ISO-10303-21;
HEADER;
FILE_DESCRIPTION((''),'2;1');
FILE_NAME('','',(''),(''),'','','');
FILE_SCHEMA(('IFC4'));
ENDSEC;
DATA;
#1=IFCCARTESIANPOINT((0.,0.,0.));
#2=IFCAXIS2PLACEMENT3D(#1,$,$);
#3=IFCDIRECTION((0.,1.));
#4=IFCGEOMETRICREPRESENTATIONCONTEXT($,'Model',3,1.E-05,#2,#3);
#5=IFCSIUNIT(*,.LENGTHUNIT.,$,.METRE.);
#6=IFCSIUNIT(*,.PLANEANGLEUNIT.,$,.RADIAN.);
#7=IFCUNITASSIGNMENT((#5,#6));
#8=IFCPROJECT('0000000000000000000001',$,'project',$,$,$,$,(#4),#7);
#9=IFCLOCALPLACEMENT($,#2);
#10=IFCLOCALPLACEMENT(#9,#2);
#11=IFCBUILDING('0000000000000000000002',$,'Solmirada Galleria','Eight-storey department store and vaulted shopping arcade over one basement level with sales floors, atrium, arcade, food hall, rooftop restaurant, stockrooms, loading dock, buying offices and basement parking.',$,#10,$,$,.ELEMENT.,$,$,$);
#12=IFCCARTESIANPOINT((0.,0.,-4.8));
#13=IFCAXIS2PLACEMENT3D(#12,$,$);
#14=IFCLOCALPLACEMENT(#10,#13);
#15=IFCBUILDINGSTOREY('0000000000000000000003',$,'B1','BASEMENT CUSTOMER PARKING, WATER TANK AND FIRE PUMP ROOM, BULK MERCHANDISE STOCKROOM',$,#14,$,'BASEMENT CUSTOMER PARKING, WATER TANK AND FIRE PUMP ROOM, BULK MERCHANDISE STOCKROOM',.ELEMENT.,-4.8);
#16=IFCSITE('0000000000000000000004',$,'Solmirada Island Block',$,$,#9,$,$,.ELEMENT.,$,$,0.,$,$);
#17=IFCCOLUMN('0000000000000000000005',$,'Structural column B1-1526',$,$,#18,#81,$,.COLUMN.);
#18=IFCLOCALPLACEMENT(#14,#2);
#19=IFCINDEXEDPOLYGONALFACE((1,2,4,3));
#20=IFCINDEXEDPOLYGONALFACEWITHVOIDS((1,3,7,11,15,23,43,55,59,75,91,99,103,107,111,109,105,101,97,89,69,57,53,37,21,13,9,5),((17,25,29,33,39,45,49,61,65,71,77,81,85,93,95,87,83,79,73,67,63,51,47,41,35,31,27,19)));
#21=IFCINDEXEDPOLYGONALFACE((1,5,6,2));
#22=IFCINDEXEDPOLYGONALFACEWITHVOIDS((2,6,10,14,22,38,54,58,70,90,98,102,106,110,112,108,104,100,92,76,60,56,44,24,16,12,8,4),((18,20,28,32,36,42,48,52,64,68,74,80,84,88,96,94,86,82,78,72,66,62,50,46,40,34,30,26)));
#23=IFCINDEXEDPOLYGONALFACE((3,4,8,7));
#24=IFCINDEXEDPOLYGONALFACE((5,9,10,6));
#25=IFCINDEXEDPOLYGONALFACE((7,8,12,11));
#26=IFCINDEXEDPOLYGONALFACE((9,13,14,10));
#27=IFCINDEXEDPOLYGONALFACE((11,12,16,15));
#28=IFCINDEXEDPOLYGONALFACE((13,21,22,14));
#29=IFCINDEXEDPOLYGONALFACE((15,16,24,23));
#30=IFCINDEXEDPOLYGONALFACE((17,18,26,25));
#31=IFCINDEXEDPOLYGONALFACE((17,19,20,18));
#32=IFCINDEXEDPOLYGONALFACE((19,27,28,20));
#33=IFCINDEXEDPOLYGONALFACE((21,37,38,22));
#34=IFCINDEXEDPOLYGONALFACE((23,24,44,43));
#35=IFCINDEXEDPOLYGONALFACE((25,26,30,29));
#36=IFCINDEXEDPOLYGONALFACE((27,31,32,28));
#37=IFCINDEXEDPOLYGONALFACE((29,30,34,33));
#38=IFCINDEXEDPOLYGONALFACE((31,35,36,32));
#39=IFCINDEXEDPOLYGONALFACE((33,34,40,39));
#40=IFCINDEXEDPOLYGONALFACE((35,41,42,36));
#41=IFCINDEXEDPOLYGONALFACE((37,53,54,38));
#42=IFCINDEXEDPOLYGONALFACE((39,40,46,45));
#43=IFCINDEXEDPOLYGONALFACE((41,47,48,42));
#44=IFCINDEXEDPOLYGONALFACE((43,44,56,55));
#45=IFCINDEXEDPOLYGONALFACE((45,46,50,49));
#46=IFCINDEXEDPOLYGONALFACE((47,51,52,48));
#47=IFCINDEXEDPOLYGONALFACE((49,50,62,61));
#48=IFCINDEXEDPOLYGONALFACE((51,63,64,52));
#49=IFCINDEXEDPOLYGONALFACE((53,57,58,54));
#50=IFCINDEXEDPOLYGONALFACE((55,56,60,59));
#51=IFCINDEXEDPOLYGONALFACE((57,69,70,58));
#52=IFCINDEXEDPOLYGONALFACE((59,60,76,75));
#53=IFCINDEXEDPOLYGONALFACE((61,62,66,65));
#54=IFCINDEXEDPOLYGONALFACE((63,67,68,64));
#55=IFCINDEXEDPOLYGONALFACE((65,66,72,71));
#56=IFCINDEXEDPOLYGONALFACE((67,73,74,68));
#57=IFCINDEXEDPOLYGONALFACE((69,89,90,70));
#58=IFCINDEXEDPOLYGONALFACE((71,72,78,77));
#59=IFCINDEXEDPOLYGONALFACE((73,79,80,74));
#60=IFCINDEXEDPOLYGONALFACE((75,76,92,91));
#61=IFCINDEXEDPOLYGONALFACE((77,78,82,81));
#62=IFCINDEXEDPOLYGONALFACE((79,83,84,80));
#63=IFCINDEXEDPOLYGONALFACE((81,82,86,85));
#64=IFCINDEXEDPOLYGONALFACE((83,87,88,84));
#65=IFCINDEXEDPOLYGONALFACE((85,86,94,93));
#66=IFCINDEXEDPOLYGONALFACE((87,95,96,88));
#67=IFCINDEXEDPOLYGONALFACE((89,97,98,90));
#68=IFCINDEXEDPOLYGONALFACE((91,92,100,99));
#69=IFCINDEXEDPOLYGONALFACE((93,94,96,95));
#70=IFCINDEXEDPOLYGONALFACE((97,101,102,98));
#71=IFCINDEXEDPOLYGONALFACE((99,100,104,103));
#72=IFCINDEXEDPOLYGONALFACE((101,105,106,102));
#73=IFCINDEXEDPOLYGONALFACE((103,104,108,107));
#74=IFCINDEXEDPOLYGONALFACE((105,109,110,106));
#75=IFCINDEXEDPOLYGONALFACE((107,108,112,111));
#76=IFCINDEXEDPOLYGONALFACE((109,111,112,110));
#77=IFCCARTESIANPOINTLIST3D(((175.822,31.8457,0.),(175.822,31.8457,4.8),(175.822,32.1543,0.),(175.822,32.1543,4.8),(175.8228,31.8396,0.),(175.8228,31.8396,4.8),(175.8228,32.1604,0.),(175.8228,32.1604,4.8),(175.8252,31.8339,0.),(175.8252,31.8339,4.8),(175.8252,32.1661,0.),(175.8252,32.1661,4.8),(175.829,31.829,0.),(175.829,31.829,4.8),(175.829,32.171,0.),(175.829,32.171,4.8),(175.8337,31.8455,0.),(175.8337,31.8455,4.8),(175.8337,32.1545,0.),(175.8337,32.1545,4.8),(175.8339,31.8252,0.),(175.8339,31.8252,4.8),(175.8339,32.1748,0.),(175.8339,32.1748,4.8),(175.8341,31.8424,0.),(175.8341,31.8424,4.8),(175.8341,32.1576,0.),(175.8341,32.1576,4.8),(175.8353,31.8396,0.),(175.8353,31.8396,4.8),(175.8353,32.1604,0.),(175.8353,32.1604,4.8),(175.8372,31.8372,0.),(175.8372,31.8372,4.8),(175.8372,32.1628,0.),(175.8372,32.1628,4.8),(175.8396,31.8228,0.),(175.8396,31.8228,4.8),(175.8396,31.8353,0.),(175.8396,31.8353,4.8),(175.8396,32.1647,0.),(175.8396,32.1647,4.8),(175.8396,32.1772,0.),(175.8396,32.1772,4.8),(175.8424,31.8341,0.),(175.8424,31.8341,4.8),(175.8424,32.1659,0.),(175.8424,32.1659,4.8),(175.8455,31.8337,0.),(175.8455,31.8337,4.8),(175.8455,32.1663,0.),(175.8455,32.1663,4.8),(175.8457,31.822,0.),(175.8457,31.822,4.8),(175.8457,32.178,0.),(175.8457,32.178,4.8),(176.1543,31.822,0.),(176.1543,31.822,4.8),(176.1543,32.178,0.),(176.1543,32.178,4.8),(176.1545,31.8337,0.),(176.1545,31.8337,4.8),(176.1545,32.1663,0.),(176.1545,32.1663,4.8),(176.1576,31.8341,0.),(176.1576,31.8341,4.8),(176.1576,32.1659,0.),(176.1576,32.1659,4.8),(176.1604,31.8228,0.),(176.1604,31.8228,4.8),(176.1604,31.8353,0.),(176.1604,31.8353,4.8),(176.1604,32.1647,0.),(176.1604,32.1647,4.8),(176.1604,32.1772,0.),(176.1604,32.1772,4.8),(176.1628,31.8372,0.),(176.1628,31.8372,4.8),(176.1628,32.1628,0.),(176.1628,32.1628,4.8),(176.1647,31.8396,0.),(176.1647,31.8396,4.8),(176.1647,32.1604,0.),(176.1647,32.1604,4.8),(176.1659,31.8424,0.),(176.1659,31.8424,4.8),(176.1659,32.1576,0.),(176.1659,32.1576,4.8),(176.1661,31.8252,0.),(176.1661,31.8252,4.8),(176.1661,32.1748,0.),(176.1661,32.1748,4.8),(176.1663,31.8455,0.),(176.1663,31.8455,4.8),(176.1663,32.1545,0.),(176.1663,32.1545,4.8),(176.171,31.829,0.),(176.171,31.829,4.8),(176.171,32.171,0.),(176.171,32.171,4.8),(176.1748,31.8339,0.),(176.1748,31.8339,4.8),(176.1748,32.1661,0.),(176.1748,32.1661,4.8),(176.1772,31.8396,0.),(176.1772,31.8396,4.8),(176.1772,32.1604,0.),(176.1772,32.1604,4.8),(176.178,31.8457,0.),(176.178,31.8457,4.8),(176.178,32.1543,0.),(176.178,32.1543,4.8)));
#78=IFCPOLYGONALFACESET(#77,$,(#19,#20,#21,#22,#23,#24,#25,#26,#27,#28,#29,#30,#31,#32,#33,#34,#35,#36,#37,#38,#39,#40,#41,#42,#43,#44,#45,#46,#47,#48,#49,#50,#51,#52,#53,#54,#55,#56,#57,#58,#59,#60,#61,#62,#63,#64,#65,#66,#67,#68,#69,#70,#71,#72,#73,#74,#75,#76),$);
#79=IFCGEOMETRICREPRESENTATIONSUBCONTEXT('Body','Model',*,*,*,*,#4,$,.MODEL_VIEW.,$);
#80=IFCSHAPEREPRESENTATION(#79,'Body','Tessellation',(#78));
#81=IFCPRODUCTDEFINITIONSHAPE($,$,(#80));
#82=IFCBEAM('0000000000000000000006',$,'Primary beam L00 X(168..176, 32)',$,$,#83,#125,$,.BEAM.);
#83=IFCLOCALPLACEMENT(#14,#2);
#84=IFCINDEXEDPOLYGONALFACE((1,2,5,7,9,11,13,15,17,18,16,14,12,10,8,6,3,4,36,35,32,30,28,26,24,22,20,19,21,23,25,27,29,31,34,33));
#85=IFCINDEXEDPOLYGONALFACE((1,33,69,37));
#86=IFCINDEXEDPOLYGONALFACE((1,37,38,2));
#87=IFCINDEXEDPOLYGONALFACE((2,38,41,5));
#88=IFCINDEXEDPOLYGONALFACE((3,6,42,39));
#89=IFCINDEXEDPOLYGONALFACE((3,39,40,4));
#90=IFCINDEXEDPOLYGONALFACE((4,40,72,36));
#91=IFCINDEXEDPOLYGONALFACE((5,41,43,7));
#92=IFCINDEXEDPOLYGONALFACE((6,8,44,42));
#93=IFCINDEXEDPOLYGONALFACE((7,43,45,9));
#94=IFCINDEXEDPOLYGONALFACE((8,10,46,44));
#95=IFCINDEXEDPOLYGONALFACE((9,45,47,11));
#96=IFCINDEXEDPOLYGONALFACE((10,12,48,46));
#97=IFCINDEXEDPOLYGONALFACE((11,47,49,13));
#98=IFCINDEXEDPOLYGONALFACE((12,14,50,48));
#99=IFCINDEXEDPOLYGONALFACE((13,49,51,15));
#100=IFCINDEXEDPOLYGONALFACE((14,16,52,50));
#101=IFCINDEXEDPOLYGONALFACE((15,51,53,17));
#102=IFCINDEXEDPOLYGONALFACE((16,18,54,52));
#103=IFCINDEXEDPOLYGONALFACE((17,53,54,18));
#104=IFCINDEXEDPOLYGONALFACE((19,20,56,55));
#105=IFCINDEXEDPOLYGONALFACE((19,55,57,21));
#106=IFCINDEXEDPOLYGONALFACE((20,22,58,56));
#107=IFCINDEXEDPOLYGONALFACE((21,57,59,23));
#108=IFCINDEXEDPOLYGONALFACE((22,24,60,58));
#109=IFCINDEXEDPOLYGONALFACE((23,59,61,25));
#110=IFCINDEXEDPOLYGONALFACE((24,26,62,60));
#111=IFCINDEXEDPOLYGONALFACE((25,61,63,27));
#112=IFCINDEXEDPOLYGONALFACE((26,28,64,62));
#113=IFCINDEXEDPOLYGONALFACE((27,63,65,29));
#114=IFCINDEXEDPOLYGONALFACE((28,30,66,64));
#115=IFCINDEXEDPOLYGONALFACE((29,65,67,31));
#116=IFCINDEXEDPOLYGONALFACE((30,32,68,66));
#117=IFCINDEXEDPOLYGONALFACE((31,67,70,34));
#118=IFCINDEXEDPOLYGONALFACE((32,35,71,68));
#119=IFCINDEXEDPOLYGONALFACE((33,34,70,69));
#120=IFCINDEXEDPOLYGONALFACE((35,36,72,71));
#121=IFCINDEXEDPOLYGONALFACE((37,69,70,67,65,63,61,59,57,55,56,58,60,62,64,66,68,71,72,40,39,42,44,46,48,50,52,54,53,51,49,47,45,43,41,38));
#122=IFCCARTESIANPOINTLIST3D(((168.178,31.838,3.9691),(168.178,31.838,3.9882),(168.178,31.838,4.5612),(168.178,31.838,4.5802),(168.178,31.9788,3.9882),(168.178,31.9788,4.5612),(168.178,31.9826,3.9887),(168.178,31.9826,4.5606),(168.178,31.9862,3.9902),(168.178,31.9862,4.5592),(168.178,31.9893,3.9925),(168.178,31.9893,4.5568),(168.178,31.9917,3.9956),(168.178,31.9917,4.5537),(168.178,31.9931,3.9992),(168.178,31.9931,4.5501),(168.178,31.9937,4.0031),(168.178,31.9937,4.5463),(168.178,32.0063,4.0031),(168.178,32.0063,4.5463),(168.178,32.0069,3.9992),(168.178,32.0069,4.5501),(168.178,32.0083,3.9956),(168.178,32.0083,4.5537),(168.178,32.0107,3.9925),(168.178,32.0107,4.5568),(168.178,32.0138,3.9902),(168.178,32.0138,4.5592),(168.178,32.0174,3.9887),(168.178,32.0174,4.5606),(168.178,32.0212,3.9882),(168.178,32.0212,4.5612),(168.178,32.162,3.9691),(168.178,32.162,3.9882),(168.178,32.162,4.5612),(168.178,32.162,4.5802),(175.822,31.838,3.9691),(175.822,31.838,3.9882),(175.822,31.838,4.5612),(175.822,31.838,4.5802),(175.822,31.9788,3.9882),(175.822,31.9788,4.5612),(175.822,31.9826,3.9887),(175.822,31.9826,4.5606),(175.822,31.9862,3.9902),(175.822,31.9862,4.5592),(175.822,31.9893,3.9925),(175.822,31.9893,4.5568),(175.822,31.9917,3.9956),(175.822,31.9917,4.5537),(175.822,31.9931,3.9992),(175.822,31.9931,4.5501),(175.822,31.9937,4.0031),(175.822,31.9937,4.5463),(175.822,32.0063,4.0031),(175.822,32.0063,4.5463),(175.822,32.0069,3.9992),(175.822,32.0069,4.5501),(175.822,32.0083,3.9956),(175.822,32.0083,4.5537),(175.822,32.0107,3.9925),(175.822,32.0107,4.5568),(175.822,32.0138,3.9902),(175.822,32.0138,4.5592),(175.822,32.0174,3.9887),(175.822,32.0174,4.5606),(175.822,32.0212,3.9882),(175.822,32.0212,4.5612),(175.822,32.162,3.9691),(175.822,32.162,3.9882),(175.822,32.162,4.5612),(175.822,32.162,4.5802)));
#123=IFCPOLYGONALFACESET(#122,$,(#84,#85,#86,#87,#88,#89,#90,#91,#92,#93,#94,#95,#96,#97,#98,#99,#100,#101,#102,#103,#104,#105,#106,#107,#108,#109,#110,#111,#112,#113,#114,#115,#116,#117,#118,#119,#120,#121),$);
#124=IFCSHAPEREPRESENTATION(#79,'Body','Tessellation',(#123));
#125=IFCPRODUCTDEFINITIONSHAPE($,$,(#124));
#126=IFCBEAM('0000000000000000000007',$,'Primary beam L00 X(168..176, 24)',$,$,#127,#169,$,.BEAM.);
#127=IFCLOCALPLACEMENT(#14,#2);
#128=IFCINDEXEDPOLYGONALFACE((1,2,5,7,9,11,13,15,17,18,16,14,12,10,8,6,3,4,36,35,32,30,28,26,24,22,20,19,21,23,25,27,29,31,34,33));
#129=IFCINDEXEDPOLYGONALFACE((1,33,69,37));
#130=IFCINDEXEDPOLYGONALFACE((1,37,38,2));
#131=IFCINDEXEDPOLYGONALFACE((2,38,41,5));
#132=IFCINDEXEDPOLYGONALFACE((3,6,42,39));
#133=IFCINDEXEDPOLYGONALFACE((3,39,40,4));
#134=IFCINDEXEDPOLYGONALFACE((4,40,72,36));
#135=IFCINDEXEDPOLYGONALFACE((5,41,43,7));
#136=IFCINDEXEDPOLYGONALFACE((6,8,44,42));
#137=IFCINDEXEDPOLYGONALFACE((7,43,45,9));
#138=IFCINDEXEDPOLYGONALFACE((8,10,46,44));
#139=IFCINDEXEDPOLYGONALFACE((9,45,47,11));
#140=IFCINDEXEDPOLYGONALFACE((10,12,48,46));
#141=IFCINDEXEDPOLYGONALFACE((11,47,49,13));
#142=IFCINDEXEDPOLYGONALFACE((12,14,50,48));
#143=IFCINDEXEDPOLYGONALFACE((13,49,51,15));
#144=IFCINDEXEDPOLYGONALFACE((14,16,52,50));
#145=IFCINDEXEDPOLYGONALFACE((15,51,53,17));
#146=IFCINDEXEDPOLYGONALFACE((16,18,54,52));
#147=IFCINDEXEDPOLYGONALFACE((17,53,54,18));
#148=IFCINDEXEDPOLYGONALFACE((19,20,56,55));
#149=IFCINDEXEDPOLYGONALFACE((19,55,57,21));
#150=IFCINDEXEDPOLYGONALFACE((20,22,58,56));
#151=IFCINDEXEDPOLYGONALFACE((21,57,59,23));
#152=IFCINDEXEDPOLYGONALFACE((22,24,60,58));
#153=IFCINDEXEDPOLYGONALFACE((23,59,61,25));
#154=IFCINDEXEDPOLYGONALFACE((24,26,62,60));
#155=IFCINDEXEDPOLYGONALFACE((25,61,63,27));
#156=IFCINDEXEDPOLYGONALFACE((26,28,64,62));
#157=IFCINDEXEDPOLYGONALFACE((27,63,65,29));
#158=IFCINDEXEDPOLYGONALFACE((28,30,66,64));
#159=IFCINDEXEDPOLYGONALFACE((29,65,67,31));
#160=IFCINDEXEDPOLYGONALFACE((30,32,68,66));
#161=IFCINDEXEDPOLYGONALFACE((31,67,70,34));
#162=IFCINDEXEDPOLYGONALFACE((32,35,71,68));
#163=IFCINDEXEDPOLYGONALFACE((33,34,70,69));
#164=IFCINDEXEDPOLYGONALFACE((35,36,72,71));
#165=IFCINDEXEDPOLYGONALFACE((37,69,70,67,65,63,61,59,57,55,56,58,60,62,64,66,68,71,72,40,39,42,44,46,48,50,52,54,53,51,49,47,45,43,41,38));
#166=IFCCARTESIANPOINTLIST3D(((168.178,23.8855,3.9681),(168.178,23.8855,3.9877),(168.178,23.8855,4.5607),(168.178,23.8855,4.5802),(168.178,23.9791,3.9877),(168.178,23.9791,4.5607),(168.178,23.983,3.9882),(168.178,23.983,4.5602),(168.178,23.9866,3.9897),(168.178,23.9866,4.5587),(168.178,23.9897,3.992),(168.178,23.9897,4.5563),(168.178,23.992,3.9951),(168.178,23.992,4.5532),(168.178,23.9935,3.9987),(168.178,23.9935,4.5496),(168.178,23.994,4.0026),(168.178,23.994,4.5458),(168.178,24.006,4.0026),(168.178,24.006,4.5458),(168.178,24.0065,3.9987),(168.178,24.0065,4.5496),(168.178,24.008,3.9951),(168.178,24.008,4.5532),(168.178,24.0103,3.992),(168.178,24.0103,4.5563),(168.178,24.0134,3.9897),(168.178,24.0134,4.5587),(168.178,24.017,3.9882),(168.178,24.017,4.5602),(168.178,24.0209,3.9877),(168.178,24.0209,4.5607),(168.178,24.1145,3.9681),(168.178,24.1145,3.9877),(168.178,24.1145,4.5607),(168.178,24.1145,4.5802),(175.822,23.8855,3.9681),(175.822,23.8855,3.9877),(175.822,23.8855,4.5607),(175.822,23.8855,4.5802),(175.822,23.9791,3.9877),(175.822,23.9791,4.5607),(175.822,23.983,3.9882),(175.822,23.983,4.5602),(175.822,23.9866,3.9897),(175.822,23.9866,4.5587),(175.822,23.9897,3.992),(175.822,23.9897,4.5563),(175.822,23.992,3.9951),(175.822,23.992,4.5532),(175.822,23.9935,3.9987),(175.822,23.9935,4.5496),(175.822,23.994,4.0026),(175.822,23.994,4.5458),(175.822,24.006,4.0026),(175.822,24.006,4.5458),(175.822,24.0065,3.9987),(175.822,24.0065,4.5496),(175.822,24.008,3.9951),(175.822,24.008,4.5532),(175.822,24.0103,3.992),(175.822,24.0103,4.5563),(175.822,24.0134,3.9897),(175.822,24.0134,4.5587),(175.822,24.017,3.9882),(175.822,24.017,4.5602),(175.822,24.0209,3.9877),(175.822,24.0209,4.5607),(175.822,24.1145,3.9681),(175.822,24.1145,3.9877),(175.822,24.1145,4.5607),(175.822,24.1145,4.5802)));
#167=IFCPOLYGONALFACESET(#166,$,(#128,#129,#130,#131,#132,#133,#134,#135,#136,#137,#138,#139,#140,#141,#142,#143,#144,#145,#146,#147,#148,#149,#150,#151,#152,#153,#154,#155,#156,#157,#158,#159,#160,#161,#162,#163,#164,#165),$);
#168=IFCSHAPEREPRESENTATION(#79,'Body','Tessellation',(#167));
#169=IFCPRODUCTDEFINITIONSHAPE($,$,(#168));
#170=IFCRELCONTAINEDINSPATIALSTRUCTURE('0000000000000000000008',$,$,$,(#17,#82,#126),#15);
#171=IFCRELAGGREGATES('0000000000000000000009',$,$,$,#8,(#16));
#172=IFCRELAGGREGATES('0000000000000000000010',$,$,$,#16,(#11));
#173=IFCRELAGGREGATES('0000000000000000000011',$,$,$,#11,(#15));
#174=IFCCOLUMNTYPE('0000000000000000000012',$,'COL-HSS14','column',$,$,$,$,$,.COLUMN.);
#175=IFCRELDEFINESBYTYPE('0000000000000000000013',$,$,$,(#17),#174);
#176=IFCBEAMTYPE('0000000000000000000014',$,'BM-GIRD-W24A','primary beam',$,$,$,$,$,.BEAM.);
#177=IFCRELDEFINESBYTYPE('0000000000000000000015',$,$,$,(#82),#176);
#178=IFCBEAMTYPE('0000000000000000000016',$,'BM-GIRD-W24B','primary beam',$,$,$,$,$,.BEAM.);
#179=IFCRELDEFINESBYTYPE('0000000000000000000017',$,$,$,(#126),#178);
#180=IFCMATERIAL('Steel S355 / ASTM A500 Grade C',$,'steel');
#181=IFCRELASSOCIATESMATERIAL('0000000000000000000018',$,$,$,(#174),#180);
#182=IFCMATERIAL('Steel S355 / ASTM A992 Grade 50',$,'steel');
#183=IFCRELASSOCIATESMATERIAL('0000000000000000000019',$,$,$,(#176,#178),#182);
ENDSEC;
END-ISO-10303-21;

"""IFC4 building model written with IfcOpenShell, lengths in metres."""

from ifc_helpers import new_model, si_unit, direction, frame, origin, origin_2d, place, context, subcontext, project, spatial, hollow_rectangle, i_section, extrude, material, material_profile, profile_set, type_object, element, save


model = new_model("IFC4")

# Units and contexts
model_context = context("Model", 3, precision=1e-05, world=origin(), true_north=direction((0.0, 1.0)))
body_context = subcontext(model_context, "Body", "Model", "MODEL_VIEW")
ifc_project = project(units=[si_unit("LENGTHUNIT", "METRE"), si_unit("PLANEANGLEUNIT", "RADIAN")], contexts=[model_context])

# Site, building, storey
site_placement = place(None, origin())
site = spatial("IfcSite", under=ifc_project, at=site_placement, Name="Solmirada Island Block", CompositionType="ELEMENT", RefElevation=0.0)
building_placement = place(site_placement, origin())
building = spatial("IfcBuilding", under=site, at=building_placement, Name="Solmirada Galleria", Description="Eight-storey department store and vaulted shopping arcade over one basement level with sales floors, atrium, arcade, food hall, rooftop restaurant, stockrooms, loading dock, buying offices and basement parking.", CompositionType="ELEMENT")
storey_placement = place(building_placement, frame((0.0, 0.0, -4.8)))
storey = spatial("IfcBuildingStorey", under=building, at=storey_placement, Name="B1", Description="BASEMENT CUSTOMER PARKING, WATER TANK AND FIRE PUMP ROOM, BULK MERCHANDISE STOCKROOM", LongName="BASEMENT CUSTOMER PARKING, WATER TANK AND FIRE PUMP ROOM, BULK MERCHANDISE STOCKROOM", CompositionType="ELEMENT", Elevation=-4.8)

# Column
ifc_material_1 = material(Name="Steel S355 / ASTM A500 Grade C", Category="steel")
ifc_material_profile_1 = material_profile(ifc_material_1, hollow_rectangle(XDim=0.356, YDim=0.356, WallThickness=0.0117, InnerFilletRadius=0.0117, OuterFilletRadius=0.0237, at=origin_2d()), Name="HSS14X14X1/2")
ifc_profile_set_1 = profile_set([ifc_material_profile_1], Name="Steel S355 / ASTM A500 Grade C")
column_type = type_object("IfcColumnType", Name="COL-HSS14", Description="column", PredefinedType="COLUMN", material=ifc_profile_set_1)
for number, where, z_axis, x_axis, name in (
    (1, (176.0, 32.0, 0.0), (0.0, 0.0, 1.0), (1.0, 0.0, 0.0), "Structural column B1-1526"),
):
    element("IfcColumn", number, at=place(storey_placement, frame(where, z_axis=z_axis, x_axis=x_axis)), inside=storey, type_object=column_type, Name=name, PredefinedType="COLUMN", context=body_context, shape_type="SweptSolid", body=[
        extrude(hollow_rectangle(XDim=0.356, YDim=0.356, WallThickness=0.0117, InnerFilletRadius=0.0117, OuterFilletRadius=0.0237, at=origin_2d()), origin(), (0.0, 0.0, 1.0), 4.8),
    ])

# Beams
ifc_material_2 = material(Name="Steel S355 / ASTM A992 Grade 50", Category="steel")
ifc_material_profile_2 = material_profile(ifc_material_2, i_section(OverallWidth=0.324, OverallDepth=0.6111, WebThickness=0.0127, FlangeThickness=0.019, FilletRadius=0.0149, at=origin_2d()), Name="W24X104")
ifc_profile_set_2 = profile_set([ifc_material_profile_2], Name="Steel S355 / ASTM A992 Grade 50")
beam_type_1 = type_object("IfcBeamType", Name="BM-GIRD-W24A", Description="primary beam", PredefinedType="BEAM", material=ifc_profile_set_2)
beam_1_placement = place(storey_placement, frame((168.178, 32.0, 4.2747), z_axis=(1.0, 0.0, 0.0), x_axis=(0.0, 1.0, 0.0)))
element("IfcBeam", 2, at=beam_1_placement, inside=storey, type_object=beam_type_1, Name="Primary beam L00 X(168..176, 32)", PredefinedType="BEAM", context=body_context, shape_type="SweptSolid", body=[
    extrude(i_section(OverallWidth=0.324, OverallDepth=0.6111, WebThickness=0.0127, FlangeThickness=0.019, FilletRadius=0.0149, at=origin_2d()), origin(), (0.0, 0.0, 1.0), 7.644),
])
ifc_material_profile_3 = material_profile(ifc_material_2, i_section(OverallWidth=0.229, OverallDepth=0.6121, WebThickness=0.012, FlangeThickness=0.0195, FilletRadius=0.0149, at=origin_2d()), Name="W24X84")
ifc_profile_set_3 = profile_set([ifc_material_profile_3], Name="Steel S355 / ASTM A992 Grade 50")
beam_type_2 = type_object("IfcBeamType", Name="BM-GIRD-W24B", Description="primary beam", PredefinedType="BEAM", material=ifc_profile_set_3)
beam_2_placement = place(storey_placement, frame((168.178, 24.0, 4.2742), z_axis=(1.0, 0.0, 0.0), x_axis=(0.0, 1.0, 0.0)))
element("IfcBeam", 3, at=beam_2_placement, inside=storey, type_object=beam_type_2, Name="Primary beam L00 X(168..176, 24)", PredefinedType="BEAM", context=body_context, shape_type="SweptSolid", body=[
    extrude(i_section(OverallWidth=0.229, OverallDepth=0.6121, WebThickness=0.012, FlangeThickness=0.0195, FilletRadius=0.0149, at=origin_2d()), origin(), (0.0, 0.0, 1.0), 7.644),
])

save(model, "model.ifc")
